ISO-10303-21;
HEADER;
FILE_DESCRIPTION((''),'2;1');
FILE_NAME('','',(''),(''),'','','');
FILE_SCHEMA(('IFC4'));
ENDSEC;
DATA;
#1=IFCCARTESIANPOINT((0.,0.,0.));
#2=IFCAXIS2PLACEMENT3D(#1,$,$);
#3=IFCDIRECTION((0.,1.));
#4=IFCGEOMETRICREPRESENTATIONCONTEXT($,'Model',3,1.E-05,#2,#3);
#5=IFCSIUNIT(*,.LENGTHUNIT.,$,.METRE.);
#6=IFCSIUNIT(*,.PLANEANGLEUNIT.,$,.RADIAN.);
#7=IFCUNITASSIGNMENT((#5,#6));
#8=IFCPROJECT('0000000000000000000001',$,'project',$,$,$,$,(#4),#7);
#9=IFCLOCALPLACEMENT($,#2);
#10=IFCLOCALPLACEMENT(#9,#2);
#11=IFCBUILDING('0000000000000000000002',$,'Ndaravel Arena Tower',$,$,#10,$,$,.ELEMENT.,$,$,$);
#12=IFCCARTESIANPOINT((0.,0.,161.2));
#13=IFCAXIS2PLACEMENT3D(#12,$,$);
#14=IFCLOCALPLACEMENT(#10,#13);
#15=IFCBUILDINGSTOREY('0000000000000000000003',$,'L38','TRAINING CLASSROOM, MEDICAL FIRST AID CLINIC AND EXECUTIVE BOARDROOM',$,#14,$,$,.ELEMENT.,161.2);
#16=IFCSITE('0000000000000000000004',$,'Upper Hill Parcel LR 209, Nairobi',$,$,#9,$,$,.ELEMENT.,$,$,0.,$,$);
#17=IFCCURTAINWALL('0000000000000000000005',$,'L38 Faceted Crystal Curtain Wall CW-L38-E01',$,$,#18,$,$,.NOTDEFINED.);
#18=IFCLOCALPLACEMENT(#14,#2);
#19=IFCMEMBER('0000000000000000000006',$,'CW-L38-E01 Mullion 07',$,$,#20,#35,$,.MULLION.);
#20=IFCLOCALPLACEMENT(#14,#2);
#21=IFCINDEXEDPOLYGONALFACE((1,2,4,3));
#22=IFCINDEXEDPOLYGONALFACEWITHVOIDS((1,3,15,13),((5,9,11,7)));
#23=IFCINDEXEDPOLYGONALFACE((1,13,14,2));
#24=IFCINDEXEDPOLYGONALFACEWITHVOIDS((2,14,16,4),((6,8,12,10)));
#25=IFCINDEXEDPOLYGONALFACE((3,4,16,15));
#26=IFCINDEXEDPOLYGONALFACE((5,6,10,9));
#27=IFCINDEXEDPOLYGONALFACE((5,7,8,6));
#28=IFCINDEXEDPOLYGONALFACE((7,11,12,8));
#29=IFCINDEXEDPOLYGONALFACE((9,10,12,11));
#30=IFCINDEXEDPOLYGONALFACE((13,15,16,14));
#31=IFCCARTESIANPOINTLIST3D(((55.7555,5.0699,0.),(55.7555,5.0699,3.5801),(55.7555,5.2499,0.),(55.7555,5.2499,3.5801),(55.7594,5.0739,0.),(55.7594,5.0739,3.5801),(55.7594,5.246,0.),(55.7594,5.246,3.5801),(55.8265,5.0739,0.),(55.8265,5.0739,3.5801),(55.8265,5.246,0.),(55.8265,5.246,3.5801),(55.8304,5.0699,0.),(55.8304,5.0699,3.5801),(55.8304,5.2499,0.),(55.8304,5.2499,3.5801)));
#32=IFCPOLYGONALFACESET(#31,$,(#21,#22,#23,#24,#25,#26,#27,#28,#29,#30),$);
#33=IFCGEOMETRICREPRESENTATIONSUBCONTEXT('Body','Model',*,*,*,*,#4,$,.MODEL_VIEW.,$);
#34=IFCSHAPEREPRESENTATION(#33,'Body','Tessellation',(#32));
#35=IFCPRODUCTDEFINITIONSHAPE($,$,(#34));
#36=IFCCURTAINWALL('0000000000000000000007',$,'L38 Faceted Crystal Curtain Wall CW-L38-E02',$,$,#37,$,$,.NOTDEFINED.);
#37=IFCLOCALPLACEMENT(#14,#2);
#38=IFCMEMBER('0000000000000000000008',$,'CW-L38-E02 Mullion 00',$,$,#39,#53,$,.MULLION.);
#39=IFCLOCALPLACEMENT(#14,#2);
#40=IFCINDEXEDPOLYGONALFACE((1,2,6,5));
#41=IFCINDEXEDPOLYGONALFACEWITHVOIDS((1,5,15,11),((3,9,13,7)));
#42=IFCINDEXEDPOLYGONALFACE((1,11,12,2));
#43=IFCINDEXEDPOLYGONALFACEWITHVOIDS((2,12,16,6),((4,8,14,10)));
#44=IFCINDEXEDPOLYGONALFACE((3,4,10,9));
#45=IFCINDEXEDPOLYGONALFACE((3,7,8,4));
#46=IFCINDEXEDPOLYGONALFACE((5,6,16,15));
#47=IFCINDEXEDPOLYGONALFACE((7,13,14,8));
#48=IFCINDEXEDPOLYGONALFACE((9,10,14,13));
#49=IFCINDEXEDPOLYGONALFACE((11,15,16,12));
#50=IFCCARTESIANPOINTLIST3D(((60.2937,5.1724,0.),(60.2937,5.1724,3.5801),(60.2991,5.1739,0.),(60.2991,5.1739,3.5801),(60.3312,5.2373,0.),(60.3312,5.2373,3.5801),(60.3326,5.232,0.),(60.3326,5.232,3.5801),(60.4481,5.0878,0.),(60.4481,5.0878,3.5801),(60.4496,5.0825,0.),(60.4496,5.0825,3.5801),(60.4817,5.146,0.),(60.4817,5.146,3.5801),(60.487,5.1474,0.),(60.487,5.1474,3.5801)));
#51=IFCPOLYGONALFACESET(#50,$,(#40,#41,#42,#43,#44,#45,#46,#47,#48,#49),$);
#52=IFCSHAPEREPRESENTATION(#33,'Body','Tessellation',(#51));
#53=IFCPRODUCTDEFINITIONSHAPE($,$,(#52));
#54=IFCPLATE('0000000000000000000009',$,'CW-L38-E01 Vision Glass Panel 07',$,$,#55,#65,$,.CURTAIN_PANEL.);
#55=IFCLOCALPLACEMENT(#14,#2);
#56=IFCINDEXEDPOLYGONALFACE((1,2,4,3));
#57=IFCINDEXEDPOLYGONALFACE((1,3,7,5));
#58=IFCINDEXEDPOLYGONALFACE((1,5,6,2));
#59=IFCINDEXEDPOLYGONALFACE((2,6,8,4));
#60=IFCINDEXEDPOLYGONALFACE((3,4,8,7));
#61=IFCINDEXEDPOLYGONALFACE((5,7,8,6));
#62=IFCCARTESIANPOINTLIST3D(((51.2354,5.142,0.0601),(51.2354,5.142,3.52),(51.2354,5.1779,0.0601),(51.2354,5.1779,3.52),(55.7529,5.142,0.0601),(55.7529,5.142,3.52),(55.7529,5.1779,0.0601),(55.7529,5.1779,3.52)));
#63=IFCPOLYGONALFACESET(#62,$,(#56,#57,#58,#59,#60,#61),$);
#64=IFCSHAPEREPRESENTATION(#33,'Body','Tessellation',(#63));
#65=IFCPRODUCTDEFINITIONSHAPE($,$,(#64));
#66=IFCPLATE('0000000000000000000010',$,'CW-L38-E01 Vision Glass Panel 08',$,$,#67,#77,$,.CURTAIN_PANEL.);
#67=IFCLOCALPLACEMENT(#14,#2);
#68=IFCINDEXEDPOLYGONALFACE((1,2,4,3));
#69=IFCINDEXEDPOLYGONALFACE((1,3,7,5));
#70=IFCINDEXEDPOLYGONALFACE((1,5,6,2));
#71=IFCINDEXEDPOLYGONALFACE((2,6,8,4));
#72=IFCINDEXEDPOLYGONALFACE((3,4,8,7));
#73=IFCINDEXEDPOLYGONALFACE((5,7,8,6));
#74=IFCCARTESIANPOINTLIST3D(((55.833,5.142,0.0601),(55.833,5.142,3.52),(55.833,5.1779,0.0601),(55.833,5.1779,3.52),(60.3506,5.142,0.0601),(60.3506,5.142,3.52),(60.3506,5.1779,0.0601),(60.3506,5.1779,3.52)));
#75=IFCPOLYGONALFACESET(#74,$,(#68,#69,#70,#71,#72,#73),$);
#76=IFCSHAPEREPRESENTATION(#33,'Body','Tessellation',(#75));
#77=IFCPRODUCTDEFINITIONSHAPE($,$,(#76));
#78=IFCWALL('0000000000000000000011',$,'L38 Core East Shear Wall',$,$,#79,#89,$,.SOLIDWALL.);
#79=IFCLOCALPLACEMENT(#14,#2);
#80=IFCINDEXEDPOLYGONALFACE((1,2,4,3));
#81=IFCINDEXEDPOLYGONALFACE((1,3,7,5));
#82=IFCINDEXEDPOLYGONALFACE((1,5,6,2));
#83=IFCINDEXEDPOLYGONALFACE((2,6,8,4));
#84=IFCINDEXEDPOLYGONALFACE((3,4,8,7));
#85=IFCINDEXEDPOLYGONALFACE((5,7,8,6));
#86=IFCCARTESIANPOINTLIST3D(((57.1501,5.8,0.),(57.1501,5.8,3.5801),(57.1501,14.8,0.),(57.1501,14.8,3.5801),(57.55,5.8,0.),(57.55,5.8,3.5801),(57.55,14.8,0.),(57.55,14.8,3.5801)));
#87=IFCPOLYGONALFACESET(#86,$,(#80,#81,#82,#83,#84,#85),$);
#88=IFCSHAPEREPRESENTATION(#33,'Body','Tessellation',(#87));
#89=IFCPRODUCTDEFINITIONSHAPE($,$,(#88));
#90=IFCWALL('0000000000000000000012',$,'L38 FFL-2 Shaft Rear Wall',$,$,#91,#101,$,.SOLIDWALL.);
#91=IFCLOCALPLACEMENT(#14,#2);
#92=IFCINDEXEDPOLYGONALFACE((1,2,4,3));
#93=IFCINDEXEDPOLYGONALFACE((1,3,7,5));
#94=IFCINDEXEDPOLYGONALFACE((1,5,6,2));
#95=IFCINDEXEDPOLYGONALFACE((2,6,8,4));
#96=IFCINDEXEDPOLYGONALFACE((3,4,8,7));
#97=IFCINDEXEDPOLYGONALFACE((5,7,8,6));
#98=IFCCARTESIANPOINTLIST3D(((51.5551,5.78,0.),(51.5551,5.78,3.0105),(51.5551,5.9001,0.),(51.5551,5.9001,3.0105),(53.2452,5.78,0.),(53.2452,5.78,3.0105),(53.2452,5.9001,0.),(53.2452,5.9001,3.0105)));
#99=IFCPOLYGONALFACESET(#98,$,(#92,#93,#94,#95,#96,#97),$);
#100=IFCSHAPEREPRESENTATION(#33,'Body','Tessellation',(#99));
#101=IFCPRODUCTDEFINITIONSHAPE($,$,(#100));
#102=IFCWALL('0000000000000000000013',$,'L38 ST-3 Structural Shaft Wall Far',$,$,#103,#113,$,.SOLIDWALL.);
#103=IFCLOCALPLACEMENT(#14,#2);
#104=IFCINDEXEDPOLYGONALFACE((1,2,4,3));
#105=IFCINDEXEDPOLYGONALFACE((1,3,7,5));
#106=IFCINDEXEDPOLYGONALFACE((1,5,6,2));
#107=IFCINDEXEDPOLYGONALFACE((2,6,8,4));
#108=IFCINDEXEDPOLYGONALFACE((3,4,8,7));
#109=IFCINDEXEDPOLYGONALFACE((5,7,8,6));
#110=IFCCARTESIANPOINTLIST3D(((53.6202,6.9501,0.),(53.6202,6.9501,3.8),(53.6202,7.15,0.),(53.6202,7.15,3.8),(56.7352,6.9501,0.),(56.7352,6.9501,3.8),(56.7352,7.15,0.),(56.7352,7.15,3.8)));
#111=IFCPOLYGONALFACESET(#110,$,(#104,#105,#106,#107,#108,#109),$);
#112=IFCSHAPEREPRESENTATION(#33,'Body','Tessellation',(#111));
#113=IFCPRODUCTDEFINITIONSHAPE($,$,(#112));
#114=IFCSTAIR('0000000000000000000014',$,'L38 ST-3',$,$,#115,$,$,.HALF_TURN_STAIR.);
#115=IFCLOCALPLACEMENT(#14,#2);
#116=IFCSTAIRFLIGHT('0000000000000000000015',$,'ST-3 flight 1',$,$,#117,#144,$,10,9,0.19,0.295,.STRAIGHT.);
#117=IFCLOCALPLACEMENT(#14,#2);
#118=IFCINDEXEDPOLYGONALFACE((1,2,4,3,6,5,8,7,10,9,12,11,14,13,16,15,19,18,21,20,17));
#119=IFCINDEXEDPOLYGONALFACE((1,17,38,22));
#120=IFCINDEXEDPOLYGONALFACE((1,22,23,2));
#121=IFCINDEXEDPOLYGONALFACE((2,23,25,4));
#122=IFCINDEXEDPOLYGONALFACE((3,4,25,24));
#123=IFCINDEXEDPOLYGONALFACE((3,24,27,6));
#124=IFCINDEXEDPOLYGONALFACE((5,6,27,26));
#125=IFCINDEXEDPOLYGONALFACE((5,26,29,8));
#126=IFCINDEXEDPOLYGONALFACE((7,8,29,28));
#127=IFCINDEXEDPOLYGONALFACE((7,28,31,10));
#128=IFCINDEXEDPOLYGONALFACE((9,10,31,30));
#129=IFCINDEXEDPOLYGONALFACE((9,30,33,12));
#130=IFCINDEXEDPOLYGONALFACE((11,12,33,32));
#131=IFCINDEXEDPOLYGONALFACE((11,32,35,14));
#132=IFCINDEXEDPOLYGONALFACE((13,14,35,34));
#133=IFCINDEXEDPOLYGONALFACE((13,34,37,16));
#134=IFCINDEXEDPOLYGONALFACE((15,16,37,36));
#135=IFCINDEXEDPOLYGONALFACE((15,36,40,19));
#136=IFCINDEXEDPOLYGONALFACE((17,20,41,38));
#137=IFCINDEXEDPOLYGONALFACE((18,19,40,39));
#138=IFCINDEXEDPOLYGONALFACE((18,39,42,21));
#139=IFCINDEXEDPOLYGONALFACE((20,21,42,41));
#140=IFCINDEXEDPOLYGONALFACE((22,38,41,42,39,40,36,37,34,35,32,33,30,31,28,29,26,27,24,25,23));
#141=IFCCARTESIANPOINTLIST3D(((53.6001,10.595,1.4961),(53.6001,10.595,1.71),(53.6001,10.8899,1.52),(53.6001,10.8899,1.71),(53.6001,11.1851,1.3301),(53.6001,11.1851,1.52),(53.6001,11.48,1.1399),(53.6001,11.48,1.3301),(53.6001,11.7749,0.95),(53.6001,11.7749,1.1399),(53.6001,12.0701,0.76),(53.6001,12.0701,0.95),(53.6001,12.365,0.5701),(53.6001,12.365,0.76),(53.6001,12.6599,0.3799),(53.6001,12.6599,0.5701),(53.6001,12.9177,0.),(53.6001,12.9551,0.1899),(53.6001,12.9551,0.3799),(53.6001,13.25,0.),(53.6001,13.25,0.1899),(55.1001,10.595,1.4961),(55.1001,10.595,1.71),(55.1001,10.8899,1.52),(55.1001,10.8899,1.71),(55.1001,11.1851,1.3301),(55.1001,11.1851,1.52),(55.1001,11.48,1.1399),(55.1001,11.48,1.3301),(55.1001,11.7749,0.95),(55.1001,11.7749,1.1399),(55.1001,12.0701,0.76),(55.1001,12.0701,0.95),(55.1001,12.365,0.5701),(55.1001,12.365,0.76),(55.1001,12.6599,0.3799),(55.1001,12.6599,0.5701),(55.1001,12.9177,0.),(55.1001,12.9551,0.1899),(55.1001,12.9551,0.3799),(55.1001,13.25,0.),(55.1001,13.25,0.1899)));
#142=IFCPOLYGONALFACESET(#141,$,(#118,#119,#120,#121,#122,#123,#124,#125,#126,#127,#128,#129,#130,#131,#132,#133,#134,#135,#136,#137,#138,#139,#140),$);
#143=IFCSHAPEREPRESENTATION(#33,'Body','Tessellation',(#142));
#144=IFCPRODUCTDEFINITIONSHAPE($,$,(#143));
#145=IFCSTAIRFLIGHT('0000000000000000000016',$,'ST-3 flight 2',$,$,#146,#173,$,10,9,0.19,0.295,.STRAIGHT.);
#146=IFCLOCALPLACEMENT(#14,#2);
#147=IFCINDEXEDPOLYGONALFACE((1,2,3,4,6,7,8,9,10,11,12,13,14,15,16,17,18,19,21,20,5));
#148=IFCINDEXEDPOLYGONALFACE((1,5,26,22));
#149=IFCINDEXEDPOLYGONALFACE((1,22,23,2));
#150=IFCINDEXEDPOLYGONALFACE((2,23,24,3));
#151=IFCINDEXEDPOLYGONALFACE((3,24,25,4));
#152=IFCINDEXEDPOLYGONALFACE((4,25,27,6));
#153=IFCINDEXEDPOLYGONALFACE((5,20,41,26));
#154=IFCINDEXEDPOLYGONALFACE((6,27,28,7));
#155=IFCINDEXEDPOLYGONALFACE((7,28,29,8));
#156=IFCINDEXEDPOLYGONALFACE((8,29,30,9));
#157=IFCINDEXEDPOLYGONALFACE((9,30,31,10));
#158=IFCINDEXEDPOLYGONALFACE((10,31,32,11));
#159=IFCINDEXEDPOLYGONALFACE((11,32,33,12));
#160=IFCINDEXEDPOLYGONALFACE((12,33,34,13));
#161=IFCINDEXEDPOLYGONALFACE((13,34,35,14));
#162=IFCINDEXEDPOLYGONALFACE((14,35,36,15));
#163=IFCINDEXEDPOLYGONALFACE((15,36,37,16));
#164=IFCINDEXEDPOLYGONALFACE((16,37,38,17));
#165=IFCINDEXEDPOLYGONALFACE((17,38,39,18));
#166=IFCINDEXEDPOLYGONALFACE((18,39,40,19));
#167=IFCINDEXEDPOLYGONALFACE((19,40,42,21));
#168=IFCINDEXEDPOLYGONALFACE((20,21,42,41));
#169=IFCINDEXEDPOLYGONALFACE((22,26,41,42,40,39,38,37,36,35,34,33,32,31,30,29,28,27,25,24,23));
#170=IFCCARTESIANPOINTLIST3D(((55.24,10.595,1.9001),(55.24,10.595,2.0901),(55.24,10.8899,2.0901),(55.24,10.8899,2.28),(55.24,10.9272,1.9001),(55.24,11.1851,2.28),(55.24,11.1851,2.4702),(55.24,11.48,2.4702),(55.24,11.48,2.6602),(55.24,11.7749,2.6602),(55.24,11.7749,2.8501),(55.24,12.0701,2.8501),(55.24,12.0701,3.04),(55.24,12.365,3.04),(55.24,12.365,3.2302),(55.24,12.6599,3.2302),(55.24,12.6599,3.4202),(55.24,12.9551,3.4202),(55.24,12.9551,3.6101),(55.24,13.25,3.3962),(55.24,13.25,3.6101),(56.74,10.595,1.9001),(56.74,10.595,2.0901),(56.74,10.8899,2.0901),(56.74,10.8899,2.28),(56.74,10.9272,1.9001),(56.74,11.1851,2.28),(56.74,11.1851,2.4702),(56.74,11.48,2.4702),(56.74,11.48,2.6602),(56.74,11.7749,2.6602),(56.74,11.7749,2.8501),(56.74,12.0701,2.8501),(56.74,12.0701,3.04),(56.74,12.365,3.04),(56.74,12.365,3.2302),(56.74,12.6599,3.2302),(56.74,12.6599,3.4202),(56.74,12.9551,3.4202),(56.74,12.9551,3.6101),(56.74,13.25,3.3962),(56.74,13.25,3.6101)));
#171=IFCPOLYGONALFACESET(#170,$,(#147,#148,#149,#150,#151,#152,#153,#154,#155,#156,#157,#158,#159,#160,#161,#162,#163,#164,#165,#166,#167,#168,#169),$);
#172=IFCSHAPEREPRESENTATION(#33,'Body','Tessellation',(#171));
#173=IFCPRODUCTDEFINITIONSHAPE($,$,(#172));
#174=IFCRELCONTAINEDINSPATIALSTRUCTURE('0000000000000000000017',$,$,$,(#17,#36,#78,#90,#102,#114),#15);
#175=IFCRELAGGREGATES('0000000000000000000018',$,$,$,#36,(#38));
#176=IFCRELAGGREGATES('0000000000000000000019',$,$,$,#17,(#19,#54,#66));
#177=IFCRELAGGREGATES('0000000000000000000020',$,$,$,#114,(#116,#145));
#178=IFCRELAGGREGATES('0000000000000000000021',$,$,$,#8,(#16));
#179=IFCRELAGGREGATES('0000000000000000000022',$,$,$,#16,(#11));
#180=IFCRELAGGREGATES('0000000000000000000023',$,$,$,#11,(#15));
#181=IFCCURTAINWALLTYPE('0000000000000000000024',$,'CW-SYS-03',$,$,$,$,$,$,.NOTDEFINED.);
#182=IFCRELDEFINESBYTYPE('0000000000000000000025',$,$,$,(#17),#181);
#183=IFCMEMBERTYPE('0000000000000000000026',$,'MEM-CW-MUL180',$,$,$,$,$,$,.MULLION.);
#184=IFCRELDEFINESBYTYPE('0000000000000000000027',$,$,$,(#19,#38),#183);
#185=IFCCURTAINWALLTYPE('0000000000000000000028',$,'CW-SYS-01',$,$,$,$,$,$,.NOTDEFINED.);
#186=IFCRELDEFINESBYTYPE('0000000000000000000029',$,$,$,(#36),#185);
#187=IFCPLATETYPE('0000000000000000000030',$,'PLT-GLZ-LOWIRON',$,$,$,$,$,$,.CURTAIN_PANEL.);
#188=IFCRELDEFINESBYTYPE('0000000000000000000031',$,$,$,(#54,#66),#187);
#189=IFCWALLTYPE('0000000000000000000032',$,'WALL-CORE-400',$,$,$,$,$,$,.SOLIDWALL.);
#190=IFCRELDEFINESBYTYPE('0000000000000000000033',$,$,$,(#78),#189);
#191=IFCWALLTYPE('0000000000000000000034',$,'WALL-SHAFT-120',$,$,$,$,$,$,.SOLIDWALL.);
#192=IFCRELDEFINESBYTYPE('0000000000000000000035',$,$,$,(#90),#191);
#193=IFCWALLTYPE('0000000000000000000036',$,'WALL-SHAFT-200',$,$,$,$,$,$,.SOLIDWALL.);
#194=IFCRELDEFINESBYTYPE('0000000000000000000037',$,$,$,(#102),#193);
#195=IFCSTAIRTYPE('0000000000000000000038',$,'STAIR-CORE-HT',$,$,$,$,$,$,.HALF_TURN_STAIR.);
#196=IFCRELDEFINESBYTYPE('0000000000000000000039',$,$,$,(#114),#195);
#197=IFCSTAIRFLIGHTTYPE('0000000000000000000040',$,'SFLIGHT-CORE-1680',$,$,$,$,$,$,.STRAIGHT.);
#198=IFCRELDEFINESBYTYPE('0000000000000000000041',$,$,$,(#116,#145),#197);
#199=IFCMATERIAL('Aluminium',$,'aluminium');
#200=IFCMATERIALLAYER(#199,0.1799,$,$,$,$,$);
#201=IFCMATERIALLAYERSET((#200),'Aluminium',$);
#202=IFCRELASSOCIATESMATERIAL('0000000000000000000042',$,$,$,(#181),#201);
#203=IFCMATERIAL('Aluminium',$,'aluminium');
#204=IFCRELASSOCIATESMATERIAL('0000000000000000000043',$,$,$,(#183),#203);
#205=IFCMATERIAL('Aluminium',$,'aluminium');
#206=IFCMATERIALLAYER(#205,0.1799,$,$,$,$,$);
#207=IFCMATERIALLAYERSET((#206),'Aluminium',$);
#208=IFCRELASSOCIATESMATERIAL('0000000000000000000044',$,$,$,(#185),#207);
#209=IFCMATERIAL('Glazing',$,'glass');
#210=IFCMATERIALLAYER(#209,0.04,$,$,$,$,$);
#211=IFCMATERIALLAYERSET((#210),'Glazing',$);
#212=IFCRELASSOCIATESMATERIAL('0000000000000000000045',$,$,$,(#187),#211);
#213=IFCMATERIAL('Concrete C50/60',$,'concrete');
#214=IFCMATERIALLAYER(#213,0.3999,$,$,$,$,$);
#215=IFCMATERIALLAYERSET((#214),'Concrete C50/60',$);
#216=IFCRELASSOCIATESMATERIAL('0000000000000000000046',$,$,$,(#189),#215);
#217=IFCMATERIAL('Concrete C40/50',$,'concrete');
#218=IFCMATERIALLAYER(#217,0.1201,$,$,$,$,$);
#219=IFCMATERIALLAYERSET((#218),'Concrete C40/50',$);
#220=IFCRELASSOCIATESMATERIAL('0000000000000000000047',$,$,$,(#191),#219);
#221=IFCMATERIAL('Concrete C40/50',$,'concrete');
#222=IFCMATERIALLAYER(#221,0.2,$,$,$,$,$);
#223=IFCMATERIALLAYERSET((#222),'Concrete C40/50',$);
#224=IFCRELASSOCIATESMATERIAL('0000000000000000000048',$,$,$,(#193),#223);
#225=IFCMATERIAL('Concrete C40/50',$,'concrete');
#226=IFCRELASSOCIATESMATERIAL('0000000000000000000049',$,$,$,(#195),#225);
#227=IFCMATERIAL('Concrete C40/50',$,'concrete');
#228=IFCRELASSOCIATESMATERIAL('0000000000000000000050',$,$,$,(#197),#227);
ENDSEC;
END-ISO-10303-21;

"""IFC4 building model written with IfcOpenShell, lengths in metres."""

from ifc_helpers import new_model, si_unit, direction, frame, frame_2d, origin, origin_2d, place, context, subcontext, project, spatial, polyline, rectangle, hollow_rectangle, outline, extrude, material, layer, layer_set, material_profile, profile_set, type_object, element, aggregate, save


model = new_model("IFC4")

# Units and contexts
model_context = context("Model", 3, precision=1e-05, world=origin(), true_north=direction((0.0, 1.0)))
body_context = subcontext(model_context, "Body", "Model", "MODEL_VIEW")
ifc_project = project(units=[si_unit("LENGTHUNIT", "METRE"), si_unit("PLANEANGLEUNIT", "RADIAN")], contexts=[model_context])

# Site, building, storey
site_placement = place(None, origin())
site = spatial("IfcSite", under=ifc_project, at=site_placement, Name="Upper Hill Parcel LR 209, Nairobi", CompositionType="ELEMENT", RefElevation=0.0)
building_placement = place(site_placement, origin())
building = spatial("IfcBuilding", under=site, at=building_placement, Name="Ndaravel Arena Tower", CompositionType="ELEMENT")
storey_placement = place(building_placement, frame((0.0, 0.0, 161.2)))
storey = spatial("IfcBuildingStorey", under=building, at=storey_placement, Name="L38", Description="TRAINING CLASSROOM, MEDICAL FIRST AID CLINIC AND EXECUTIVE BOARDROOM", CompositionType="ELEMENT", Elevation=161.2)

# Curtain walls, members
ifc_material_1 = material(Name="Aluminium", Category="aluminium")
ifc_layer_1 = layer(ifc_material_1, 0.1799)
ifc_layer_set_1 = layer_set([ifc_layer_1], Name="Aluminium")
curtain_wall_type_1 = type_object("IfcCurtainWallType", Name="CW-SYS-03", PredefinedType="NOTDEFINED", material=ifc_layer_set_1)
curtain_wall_1_placement = place(storey_placement, origin())
curtain_wall_1 = element("IfcCurtainWall", 1, at=curtain_wall_1_placement, inside=storey, type_object=curtain_wall_type_1, Name="L38 Faceted Crystal Curtain Wall CW-L38-E01", PredefinedType="NOTDEFINED")
ifc_material_2 = material(Name="Aluminium", Category="aluminium")
ifc_material_profile = material_profile(ifc_material_2, hollow_rectangle(XDim=0.075, YDim=0.1799, WallThickness=0.0039, at=origin_2d()), Name="CW MULLION 75x180x4")
ifc_profile_set = profile_set([ifc_material_profile], Name="Aluminium")
member_type = type_object("IfcMemberType", Name="MEM-CW-MUL180", PredefinedType="MULLION", material=ifc_profile_set)
member_1_placement = place(storey_placement, frame((55.793, 5.1599, 0.0), z_axis=(0.0, 0.0, 1.0), x_axis=(1.0, 0.0, 0.0)))
member_1 = element("IfcMember", 2, at=member_1_placement, type_object=member_type, Name="CW-L38-E01 Mullion 07", PredefinedType="MULLION", context=body_context, shape_type="SweptSolid", body=[
    extrude(hollow_rectangle(XDim=0.075, YDim=0.1799, WallThickness=0.0039, at=origin_2d()), origin(), (0.0, 0.0, 1.0), 3.5801),
])
ifc_material_3 = material(Name="Aluminium", Category="aluminium")
ifc_layer_2 = layer(ifc_material_3, 0.1799)
ifc_layer_set_2 = layer_set([ifc_layer_2], Name="Aluminium")
curtain_wall_type_2 = type_object("IfcCurtainWallType", Name="CW-SYS-01", PredefinedType="NOTDEFINED", material=ifc_layer_set_2)
curtain_wall_2_placement = place(storey_placement, origin())
curtain_wall_2 = element("IfcCurtainWall", 3, at=curtain_wall_2_placement, inside=storey, type_object=curtain_wall_type_2, Name="L38 Faceted Crystal Curtain Wall CW-L38-E02", PredefinedType="NOTDEFINED")
member_2_placement = place(storey_placement, frame((60.3904, 5.1599, 0.0), z_axis=(0.0, 0.0, 1.0), x_axis=(0.5, 0.866025, 0.0)))
member_2 = element("IfcMember", 4, at=member_2_placement, type_object=member_type, Name="CW-L38-E02 Mullion 00", PredefinedType="MULLION", context=body_context, shape_type="SweptSolid", body=[
    extrude(hollow_rectangle(XDim=0.075, YDim=0.1799, WallThickness=0.0039, at=origin_2d()), origin(), (0.0, 0.0, 1.0), 3.5801),
])
aggregate(curtain_wall_2, [member_2])

# Plates
ifc_material_4 = material(Name="Glazing", Category="glass")
ifc_layer_3 = layer(ifc_material_4, 0.04)
ifc_layer_set_3 = layer_set([ifc_layer_3], Name="Glazing")
plate_type = type_object("IfcPlateType", Name="PLT-GLZ-LOWIRON", PredefinedType="CURTAIN_PANEL", material=ifc_layer_set_3)
plate_1_placement = place(storey_placement, frame((53.4941, 5.1599, 0.0601), z_axis=(0.0, 0.0, 1.0), x_axis=(1.0, 0.0, 0.0)))
plate_1 = element("IfcPlate", 5, at=plate_1_placement, type_object=plate_type, Name="CW-L38-E01 Vision Glass Panel 07", PredefinedType="CURTAIN_PANEL", context=body_context, shape_type="SweptSolid", body=[
    extrude(rectangle(XDim=4.5176, YDim=0.0359, at=origin_2d()), origin(), (0.0, 0.0, 1.0), 3.46),
])
plate_2_placement = place(storey_placement, frame((58.0918, 5.1599, 0.0601), z_axis=(0.0, 0.0, 1.0), x_axis=(1.0, 0.0, 0.0)))
plate_2 = element("IfcPlate", 6, at=plate_2_placement, type_object=plate_type, Name="CW-L38-E01 Vision Glass Panel 08", PredefinedType="CURTAIN_PANEL", context=body_context, shape_type="SweptSolid", body=[
    extrude(rectangle(XDim=4.5176, YDim=0.0359, at=origin_2d()), origin(), (0.0, 0.0, 1.0), 3.46),
])
aggregate(curtain_wall_1, [member_1, plate_1, plate_2])

# Walls
ifc_material_5 = material(Name="Concrete C50/60", Category="concrete")
ifc_layer_4 = layer(ifc_material_5, 0.3999)
ifc_layer_set_4 = layer_set([ifc_layer_4], Name="Concrete C50/60")
wall_type_1 = type_object("IfcWallType", Name="WALL-CORE-400", PredefinedType="SOLIDWALL", material=ifc_layer_set_4)
wall_1_placement = place(storey_placement, frame((57.3501, 5.8, 0.0), z_axis=(0.0, 0.0, 1.0), x_axis=(0.0, 1.0, 0.0)))
element("IfcWall", 7, at=wall_1_placement, inside=storey, type_object=wall_type_1, Name="L38 Core East Shear Wall", PredefinedType="SOLIDWALL", context=body_context, shape_type="SweptSolid", body=[
    extrude(rectangle(XDim=9.0, YDim=0.3999, at=frame_2d((4.5, 0.0))), origin(), (0.0, 0.0, 1.0), 3.5801),
])
ifc_material_6 = material(Name="Concrete C40/50", Category="concrete")
ifc_layer_5 = layer(ifc_material_6, 0.1201)
ifc_layer_set_5 = layer_set([ifc_layer_5], Name="Concrete C40/50")
wall_type_2 = type_object("IfcWallType", Name="WALL-SHAFT-120", PredefinedType="SOLIDWALL", material=ifc_layer_set_5)
wall_2_placement = place(storey_placement, frame((51.5549, 5.8401, 0.0), z_axis=(0.0, 0.0, 1.0), x_axis=(1.0, 0.0, 0.0)))
element("IfcWall", 8, at=wall_2_placement, inside=storey, type_object=wall_type_2, Name="L38 FFL-2 Shaft Rear Wall", PredefinedType="SOLIDWALL", context=body_context, shape_type="SweptSolid", body=[
    extrude(rectangle(XDim=1.6902, YDim=0.1201, at=frame_2d((0.8452, 0.0))), origin(), (0.0, 0.0, 1.0), 3.0105),
])
ifc_material_7 = material(Name="Concrete C40/50", Category="concrete")
ifc_layer_6 = layer(ifc_material_7, 0.2)
ifc_layer_set_6 = layer_set([ifc_layer_6], Name="Concrete C40/50")
wall_type_3 = type_object("IfcWallType", Name="WALL-SHAFT-200", PredefinedType="SOLIDWALL", material=ifc_layer_set_6)
wall_3_placement = place(storey_placement, frame((53.6201, 7.05, 0.0), z_axis=(0.0, 0.0, 1.0), x_axis=(1.0, 0.0, 0.0)))
element("IfcWall", 9, at=wall_3_placement, inside=storey, type_object=wall_type_3, Name="L38 ST-3 Structural Shaft Wall Far", PredefinedType="SOLIDWALL", context=body_context, shape_type="SweptSolid", body=[
    extrude(rectangle(XDim=3.115, YDim=0.2, at=frame_2d((1.5576, 0.0))), origin(), (0.0, 0.0, 1.0), 3.8),
])

# Stair, stair flights
ifc_material_8 = material(Name="Concrete C40/50", Category="concrete")
stair_type = type_object("IfcStairType", Name="STAIR-CORE-HT", PredefinedType="HALF_TURN_STAIR", material=ifc_material_8)
stair_placement = place(storey_placement, origin())
stair = element("IfcStair", 10, at=stair_placement, inside=storey, type_object=stair_type, Name="L38 ST-3", PredefinedType="HALF_TURN_STAIR")
ifc_material_9 = material(Name="Concrete C40/50", Category="concrete")
stair_flight_type = type_object("IfcStairFlightType", Name="SFLIGHT-CORE-1680", PredefinedType="STRAIGHT", material=ifc_material_9)
stair_flight_1_placement = place(storey_placement, frame((54.3501, 13.25, 0.0), z_axis=(0.0, 0.0, 1.0), x_axis=(0.0, -1.0, 0.0)))
stair_flight_1 = element("IfcStairFlight", 11, at=stair_flight_1_placement, type_object=stair_flight_type, Name="ST-3 flight 1", NumberOfRisers=10, NumberOfTreads=9, PredefinedType="STRAIGHT", RiserHeight=0.19, TreadLength=0.295, context=body_context, shape_type="SweptSolid", body=[
    extrude(outline(polyline([(0.0, 0.0), (0.0, 0.1899), (0.2949, 0.1899), (0.2949, 0.3799), (0.5901, 0.3799), (0.5901, 0.5701), (0.885, 0.5701), (0.885, 0.76), (1.1799, 0.76), (1.1799, 0.95), (1.4751, 0.95), (1.4751, 1.1399), (1.77, 1.1399), (1.77, 1.3301), (2.0649, 1.3301), (2.0649, 1.52), (2.3601, 1.52), (2.3601, 1.71), (2.655, 1.71), (2.655, 1.8999), (2.655, 1.4961), (0.3323, 0.0), (0.0, 0.0)])), frame((0.0, 0.75, 0.0), z_axis=(0.0, -1.0, 0.0), x_axis=(1.0, 0.0, 0.0)), (0.0, 0.0, 1.0), 1.5),
])
stair_flight_2_placement = place(storey_placement, frame((55.99, 10.595, 1.9001), z_axis=(0.0, 0.0, 1.0), x_axis=(0.0, 1.0, 0.0)))
stair_flight_2 = element("IfcStairFlight", 12, at=stair_flight_2_placement, type_object=stair_flight_type, Name="ST-3 flight 2", NumberOfRisers=10, NumberOfTreads=9, PredefinedType="STRAIGHT", RiserHeight=0.19, TreadLength=0.295, context=body_context, shape_type="SweptSolid", body=[
    extrude(outline(polyline([(0.0, 0.0), (0.0, 0.1899), (0.2949, 0.1899), (0.2949, 0.3799), (0.5901, 0.3799), (0.5901, 0.5701), (0.885, 0.5701), (0.885, 0.76), (1.1799, 0.76), (1.1799, 0.95), (1.4751, 0.95), (1.4751, 1.1399), (1.77, 1.1399), (1.77, 1.3301), (2.0649, 1.3301), (2.0649, 1.52), (2.3601, 1.52), (2.3601, 1.71), (2.655, 1.71), (2.655, 1.8999), (2.655, 1.4961), (0.3323, 0.0), (0.0, 0.0)])), frame((0.0, 0.75, 0.0), z_axis=(0.0, -1.0, 0.0), x_axis=(1.0, 0.0, 0.0)), (0.0, 0.0, 1.0), 1.5),
])
aggregate(stair, [stair_flight_1, stair_flight_2])

save(model, "model.ifc")
